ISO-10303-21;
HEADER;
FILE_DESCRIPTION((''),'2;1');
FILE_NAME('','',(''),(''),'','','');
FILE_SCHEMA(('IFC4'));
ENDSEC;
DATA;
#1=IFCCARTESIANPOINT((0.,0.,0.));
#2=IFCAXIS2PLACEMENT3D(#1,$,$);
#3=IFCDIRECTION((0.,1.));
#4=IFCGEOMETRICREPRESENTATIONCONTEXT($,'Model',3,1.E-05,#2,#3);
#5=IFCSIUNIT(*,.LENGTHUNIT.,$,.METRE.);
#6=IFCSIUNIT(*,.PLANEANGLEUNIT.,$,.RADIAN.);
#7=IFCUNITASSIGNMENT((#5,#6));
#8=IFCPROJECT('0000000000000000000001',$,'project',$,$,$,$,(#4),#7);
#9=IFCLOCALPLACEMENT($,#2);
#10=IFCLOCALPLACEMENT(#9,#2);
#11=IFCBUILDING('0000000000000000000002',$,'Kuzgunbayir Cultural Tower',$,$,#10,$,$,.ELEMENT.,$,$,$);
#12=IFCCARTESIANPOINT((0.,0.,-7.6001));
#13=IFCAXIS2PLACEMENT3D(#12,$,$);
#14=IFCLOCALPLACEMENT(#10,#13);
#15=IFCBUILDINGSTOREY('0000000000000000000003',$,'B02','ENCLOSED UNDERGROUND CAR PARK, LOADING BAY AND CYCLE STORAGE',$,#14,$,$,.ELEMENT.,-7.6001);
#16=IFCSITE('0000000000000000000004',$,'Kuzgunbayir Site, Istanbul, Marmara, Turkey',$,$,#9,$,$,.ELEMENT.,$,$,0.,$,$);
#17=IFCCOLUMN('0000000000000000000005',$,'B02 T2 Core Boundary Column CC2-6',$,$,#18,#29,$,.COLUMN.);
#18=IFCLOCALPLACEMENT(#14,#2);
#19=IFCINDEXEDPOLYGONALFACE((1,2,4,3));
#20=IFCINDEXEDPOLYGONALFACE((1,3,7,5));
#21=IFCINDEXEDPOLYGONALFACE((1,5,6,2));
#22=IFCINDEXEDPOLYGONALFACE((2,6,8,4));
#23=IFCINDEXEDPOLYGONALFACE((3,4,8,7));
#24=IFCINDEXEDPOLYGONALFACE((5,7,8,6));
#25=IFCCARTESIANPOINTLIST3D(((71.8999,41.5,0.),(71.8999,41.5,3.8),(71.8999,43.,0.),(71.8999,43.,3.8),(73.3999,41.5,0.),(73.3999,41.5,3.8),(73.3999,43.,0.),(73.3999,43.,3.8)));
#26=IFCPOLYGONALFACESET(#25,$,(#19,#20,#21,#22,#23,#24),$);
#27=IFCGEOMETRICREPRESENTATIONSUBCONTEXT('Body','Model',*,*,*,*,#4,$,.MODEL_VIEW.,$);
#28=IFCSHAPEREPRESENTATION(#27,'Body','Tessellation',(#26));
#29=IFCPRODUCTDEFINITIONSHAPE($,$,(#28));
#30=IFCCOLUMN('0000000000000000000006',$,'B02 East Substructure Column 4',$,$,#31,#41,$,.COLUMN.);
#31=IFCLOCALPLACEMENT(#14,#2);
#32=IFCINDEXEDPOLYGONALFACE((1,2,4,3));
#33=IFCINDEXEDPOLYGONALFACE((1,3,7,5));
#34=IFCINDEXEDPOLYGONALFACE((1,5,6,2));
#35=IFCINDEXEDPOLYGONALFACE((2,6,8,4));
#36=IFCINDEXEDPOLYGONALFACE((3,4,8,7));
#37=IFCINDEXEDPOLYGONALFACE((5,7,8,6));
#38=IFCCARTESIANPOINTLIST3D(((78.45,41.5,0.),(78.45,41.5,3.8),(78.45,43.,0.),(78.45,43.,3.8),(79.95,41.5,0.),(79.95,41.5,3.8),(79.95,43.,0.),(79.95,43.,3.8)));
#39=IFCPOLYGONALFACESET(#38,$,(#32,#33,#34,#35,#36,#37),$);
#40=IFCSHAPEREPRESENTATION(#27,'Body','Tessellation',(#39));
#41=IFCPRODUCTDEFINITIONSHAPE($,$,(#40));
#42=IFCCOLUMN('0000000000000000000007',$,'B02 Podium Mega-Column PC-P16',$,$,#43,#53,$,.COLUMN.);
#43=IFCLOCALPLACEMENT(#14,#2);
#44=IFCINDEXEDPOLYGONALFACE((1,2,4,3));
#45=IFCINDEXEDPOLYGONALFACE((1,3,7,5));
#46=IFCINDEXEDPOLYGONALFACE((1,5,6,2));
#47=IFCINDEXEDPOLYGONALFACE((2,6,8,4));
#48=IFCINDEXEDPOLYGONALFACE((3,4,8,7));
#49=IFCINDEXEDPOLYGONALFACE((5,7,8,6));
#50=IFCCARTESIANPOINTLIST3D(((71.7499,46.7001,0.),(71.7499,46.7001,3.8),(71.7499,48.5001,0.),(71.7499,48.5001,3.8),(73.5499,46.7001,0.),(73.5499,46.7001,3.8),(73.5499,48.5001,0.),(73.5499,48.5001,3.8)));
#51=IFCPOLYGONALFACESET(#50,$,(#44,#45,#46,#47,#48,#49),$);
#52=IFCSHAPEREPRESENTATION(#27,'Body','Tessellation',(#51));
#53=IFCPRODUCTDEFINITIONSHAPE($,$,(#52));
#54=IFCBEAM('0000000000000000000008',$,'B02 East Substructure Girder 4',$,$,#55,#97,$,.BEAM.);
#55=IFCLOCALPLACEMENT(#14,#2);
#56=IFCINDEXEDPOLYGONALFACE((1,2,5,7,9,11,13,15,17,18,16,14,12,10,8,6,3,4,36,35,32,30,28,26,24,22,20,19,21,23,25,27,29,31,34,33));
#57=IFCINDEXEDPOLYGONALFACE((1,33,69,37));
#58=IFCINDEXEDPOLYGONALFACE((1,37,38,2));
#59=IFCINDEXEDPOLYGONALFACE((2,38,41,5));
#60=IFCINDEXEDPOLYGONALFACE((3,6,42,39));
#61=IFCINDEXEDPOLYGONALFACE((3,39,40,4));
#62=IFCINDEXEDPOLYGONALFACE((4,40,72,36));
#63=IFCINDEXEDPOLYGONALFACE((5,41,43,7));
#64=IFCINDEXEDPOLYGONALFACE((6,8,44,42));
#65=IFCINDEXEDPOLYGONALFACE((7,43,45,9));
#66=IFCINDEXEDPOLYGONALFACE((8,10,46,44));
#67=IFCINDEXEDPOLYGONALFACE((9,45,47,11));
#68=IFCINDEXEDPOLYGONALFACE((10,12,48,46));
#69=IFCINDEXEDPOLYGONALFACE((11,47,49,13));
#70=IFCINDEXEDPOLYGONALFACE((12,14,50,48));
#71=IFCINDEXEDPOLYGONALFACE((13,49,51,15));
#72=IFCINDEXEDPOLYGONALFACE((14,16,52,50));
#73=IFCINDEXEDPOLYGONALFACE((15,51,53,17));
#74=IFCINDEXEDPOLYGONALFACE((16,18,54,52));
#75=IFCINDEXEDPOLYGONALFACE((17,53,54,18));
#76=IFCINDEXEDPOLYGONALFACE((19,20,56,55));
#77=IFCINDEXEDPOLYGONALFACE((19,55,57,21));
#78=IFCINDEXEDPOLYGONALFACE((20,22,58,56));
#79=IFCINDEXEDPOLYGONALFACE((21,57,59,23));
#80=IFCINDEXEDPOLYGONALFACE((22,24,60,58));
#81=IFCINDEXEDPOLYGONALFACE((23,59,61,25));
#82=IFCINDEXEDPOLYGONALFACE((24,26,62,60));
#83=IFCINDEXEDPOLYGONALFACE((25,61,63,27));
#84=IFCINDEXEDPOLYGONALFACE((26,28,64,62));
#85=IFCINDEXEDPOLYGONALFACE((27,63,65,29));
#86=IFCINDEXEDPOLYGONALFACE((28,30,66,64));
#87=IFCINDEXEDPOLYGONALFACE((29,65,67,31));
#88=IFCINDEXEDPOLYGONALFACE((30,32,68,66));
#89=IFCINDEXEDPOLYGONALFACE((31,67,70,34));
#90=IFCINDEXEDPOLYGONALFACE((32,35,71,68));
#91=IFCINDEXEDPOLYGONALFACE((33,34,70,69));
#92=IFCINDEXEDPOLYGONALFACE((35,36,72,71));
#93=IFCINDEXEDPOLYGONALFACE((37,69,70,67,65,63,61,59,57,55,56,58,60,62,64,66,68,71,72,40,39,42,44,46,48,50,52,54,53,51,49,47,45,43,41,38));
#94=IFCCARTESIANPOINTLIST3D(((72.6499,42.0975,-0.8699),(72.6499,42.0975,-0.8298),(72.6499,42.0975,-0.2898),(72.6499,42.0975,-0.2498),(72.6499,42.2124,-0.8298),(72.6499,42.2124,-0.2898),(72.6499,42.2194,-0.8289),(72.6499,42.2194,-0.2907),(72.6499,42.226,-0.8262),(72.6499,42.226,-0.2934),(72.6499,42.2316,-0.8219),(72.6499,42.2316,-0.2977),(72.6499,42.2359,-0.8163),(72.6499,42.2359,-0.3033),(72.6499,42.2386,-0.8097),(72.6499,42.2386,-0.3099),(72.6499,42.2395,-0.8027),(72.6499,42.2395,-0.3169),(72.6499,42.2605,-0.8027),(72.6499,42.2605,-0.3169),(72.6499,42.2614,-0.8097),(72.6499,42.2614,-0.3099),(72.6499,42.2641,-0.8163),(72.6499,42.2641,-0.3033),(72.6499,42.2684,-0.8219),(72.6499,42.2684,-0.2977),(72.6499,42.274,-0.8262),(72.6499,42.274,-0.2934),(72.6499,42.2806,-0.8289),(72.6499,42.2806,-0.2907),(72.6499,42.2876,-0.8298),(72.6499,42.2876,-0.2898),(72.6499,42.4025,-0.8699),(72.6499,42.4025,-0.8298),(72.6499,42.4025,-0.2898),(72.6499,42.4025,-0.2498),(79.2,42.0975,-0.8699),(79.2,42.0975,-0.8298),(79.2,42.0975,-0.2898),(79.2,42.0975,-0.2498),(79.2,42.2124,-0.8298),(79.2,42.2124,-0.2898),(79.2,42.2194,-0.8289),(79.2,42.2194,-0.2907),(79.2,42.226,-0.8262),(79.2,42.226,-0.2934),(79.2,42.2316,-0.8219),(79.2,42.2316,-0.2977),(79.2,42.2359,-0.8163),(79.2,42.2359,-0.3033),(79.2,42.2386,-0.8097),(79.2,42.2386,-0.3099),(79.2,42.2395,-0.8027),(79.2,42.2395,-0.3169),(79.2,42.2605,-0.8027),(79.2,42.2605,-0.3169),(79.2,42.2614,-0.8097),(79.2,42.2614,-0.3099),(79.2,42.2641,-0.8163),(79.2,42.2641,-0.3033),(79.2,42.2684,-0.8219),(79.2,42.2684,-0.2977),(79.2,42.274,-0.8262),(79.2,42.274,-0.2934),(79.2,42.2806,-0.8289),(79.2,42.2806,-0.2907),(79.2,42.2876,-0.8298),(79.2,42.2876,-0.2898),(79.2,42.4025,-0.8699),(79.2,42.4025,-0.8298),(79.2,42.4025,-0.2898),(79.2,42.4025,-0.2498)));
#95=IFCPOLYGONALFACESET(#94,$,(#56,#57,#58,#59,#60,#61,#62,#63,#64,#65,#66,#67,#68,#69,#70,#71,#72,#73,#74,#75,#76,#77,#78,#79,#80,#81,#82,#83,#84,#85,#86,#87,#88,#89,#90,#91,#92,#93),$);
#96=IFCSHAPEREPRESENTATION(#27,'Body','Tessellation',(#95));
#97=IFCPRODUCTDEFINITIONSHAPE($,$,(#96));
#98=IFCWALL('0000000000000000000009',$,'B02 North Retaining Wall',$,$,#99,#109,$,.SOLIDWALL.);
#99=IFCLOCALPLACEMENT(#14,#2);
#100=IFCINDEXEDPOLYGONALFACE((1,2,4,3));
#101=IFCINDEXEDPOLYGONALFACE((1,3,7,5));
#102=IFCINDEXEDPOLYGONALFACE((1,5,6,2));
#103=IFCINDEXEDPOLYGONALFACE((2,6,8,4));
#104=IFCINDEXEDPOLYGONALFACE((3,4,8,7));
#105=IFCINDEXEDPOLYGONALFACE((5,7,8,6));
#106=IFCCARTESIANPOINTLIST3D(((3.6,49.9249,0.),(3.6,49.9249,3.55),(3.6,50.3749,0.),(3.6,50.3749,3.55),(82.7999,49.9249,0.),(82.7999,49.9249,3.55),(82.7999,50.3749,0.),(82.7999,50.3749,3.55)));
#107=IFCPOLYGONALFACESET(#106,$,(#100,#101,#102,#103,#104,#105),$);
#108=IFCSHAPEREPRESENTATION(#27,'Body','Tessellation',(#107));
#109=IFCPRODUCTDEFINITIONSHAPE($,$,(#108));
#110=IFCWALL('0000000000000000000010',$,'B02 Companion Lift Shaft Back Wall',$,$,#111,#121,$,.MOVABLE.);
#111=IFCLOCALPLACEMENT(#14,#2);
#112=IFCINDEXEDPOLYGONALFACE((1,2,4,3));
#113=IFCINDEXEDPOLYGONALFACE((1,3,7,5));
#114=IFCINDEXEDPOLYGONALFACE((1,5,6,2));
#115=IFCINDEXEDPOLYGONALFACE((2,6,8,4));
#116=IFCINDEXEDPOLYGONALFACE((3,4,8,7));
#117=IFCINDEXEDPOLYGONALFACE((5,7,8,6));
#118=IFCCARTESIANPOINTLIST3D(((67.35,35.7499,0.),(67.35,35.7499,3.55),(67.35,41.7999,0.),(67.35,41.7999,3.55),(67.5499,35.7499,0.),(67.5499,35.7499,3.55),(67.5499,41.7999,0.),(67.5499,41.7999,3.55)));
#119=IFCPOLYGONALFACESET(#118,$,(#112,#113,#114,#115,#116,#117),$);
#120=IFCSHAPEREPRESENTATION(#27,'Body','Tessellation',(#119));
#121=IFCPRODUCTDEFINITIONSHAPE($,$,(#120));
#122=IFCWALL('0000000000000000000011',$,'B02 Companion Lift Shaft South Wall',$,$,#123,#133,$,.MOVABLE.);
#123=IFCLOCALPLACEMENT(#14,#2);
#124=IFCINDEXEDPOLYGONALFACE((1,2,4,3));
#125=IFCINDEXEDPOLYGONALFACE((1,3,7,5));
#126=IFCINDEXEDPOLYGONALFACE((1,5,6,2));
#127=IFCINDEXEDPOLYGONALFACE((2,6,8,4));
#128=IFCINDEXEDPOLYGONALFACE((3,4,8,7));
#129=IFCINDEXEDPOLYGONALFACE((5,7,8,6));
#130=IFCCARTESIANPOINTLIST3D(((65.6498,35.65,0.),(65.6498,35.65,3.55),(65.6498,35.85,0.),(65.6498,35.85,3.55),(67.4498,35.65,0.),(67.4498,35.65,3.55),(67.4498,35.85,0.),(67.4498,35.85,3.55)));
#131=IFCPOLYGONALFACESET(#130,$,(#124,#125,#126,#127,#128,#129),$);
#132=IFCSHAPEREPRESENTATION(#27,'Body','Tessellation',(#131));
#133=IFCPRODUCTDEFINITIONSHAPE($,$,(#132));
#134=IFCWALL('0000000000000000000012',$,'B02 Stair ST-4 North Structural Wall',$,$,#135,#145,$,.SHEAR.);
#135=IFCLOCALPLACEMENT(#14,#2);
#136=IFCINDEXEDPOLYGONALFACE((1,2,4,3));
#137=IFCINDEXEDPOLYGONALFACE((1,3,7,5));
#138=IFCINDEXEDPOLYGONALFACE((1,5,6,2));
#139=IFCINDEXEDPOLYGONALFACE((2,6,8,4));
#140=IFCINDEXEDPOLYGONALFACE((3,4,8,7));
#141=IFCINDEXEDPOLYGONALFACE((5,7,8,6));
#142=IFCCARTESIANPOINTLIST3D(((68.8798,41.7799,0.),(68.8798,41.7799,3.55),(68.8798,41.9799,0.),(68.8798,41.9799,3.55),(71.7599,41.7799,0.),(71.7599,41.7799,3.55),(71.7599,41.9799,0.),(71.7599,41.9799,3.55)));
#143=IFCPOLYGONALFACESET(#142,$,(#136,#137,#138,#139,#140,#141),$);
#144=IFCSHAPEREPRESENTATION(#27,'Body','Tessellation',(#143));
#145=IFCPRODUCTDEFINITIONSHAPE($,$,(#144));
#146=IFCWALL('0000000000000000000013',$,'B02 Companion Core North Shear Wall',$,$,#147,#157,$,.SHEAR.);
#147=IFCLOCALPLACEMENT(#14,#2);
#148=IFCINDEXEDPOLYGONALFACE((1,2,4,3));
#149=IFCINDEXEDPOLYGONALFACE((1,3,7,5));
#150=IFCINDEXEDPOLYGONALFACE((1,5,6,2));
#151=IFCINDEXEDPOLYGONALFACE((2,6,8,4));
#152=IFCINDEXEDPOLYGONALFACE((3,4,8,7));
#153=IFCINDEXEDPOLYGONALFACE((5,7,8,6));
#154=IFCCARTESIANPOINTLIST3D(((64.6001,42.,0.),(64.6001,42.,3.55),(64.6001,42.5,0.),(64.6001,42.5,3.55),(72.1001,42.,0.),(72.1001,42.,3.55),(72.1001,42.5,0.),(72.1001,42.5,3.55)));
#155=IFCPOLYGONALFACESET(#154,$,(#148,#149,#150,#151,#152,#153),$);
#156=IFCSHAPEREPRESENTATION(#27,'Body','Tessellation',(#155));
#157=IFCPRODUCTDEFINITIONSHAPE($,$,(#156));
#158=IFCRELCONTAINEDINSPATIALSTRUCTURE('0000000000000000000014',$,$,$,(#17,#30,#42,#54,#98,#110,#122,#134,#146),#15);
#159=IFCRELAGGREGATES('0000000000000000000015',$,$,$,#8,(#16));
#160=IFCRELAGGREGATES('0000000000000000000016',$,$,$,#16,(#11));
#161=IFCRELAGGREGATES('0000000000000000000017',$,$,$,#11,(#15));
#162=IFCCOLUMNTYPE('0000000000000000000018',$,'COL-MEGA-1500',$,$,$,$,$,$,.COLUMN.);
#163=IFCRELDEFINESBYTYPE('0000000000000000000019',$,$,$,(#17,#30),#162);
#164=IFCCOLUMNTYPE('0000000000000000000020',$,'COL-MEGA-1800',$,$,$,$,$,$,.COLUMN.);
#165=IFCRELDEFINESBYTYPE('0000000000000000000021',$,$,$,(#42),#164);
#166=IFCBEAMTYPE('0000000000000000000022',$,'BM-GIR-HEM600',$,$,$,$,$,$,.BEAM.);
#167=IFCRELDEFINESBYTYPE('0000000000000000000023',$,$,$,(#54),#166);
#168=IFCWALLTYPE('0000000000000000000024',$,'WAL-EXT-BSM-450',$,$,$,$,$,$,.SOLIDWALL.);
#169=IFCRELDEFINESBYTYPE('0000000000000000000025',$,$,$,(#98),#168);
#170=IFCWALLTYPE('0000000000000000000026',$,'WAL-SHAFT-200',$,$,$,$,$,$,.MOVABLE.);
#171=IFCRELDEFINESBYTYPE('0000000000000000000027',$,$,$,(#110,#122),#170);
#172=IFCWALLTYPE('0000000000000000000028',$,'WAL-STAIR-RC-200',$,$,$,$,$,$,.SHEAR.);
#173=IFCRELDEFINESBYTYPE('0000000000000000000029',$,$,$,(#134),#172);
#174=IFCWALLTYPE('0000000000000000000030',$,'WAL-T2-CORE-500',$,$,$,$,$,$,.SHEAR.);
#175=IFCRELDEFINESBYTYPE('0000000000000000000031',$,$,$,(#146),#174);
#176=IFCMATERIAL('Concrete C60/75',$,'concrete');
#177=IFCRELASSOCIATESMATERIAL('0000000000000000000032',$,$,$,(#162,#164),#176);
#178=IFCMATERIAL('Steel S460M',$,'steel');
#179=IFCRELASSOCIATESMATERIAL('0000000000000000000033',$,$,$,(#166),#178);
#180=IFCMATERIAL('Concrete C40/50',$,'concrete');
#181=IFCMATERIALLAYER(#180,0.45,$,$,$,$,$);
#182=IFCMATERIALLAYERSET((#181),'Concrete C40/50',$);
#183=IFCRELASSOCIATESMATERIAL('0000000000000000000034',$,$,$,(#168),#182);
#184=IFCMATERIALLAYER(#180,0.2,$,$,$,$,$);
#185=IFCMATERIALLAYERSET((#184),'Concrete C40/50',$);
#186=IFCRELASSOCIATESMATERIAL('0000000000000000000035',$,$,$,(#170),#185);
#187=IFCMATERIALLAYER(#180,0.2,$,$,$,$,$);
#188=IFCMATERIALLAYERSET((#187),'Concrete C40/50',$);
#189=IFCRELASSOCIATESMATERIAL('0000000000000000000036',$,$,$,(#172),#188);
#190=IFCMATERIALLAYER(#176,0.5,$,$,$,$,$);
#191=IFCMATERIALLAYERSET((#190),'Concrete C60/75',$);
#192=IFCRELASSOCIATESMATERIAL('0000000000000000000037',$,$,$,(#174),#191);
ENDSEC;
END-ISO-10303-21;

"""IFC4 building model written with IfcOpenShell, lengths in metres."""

from ifc_helpers import new_model, si_unit, direction, frame, frame_2d, origin, origin_2d, place, context, subcontext, project, spatial, rectangle, i_section, extrude, material, layer, layer_set, material_profile, profile_set, type_object, element, save


model = new_model("IFC4")

# Units and contexts
model_context = context("Model", 3, precision=1e-05, world=origin(), true_north=direction((0.0, 1.0)))
body_context = subcontext(model_context, "Body", "Model", "MODEL_VIEW")
ifc_project = project(units=[si_unit("LENGTHUNIT", "METRE"), si_unit("PLANEANGLEUNIT", "RADIAN")], contexts=[model_context])

# Site, building, storey
site_placement = place(None, origin())
site = spatial("IfcSite", under=ifc_project, at=site_placement, Name="Kuzgunbayir Site, Istanbul, Marmara, Turkey", CompositionType="ELEMENT", RefElevation=0.0)
building_placement = place(site_placement, origin())
building = spatial("IfcBuilding", under=site, at=building_placement, Name="Kuzgunbayir Cultural Tower", CompositionType="ELEMENT")
storey_placement = place(building_placement, frame((0.0, 0.0, -7.6001)))
storey = spatial("IfcBuildingStorey", under=building, at=storey_placement, Name="B02", Description="ENCLOSED UNDERGROUND CAR PARK, LOADING BAY AND CYCLE STORAGE", CompositionType="ELEMENT", Elevation=-7.6001)

# Columns
ifc_material_1 = material(Name="Concrete C60/75", Category="concrete")
ifc_material_profile_1 = material_profile(ifc_material_1, rectangle(XDim=1.5, YDim=1.5, at=origin_2d()), Name="RC 1500x1500")
ifc_profile_set_1 = profile_set([ifc_material_profile_1], Name="Concrete C60/75")
column_type_1 = type_object("IfcColumnType", Name="COL-MEGA-1500", PredefinedType="COLUMN", material=ifc_profile_set_1)
for number, where, z_axis, x_axis, name in (
    (1, (72.6499, 42.25, 0.0), (0.0, 0.0, 1.0), (1.0, 0.0, 0.0), "B02 T2 Core Boundary Column CC2-6"),
    (2, (79.2, 42.25, 0.0), (0.0, 0.0, 1.0), (1.0, 0.0, 0.0), "B02 East Substructure Column 4"),
):
    element("IfcColumn", number, at=place(storey_placement, frame(where, z_axis=z_axis, x_axis=x_axis)), inside=storey, type_object=column_type_1, Name=name, PredefinedType="COLUMN", context=body_context, shape_type="SweptSolid", body=[
        extrude(rectangle(XDim=1.5, YDim=1.5, at=origin_2d()), origin(), (0.0, 0.0, 1.0), 3.8),
    ])
ifc_material_profile_2 = material_profile(ifc_material_1, rectangle(XDim=1.8, YDim=1.8, at=origin_2d()), Name="RC 1800x1800")
ifc_profile_set_2 = profile_set([ifc_material_profile_2], Name="Concrete C60/75")
column_type_2 = type_object("IfcColumnType", Name="COL-MEGA-1800", PredefinedType="COLUMN", material=ifc_profile_set_2)
column_placement = place(storey_placement, frame((72.6499, 47.6001, 0.0), z_axis=(0.0, 0.0, 1.0), x_axis=(1.0, 0.0, 0.0)))
element("IfcColumn", 3, at=column_placement, inside=storey, type_object=column_type_2, Name="B02 Podium Mega-Column PC-P16", PredefinedType="COLUMN", context=body_context, shape_type="SweptSolid", body=[
    extrude(rectangle(XDim=1.8, YDim=1.8, at=origin_2d()), origin(), (0.0, 0.0, 1.0), 3.8),
])

# Beam
ifc_material_2 = material(Name="Steel S460M", Category="steel")
ifc_material_profile_3 = material_profile(ifc_material_2, i_section(OverallWidth=0.3049, OverallDepth=0.6201, WebThickness=0.021, FlangeThickness=0.04, FilletRadius=0.0271, at=origin_2d()), Name="HEM 600")
ifc_profile_set_3 = profile_set([ifc_material_profile_3], Name="Steel S460M")
beam_type = type_object("IfcBeamType", Name="BM-GIR-HEM600", PredefinedType="BEAM", material=ifc_profile_set_3)
beam_placement = place(storey_placement, frame((72.6499, 42.25, -0.5598), z_axis=(1.0, 0.0, 0.0), x_axis=(0.0, 1.0, 0.0)))
element("IfcBeam", 4, at=beam_placement, inside=storey, type_object=beam_type, Name="B02 East Substructure Girder 4", PredefinedType="BEAM", context=body_context, shape_type="SweptSolid", body=[
    extrude(i_section(OverallWidth=0.3049, OverallDepth=0.6201, WebThickness=0.021, FlangeThickness=0.04, FilletRadius=0.0271, at=origin_2d()), origin(), (0.0, 0.0, 1.0), 6.55),
])

# Wall
ifc_material_3 = material(Name="Concrete C40/50", Category="concrete")
ifc_layer_1 = layer(ifc_material_3, 0.45)
ifc_layer_set_1 = layer_set([ifc_layer_1], Name="Concrete C40/50")
wall_type_1 = type_object("IfcWallType", Name="WAL-EXT-BSM-450", PredefinedType="SOLIDWALL", material=ifc_layer_set_1)
wall_1_placement = place(storey_placement, frame((82.8, 50.1499, 0.0), z_axis=(0.0, 0.0, 1.0), x_axis=(-1.0, 0.0, 0.0)))
element("IfcWall", 5, at=wall_1_placement, inside=storey, type_object=wall_type_1, Name="B02 North Retaining Wall", PredefinedType="SOLIDWALL", context=body_context, shape_type="SweptSolid", body=[
    extrude(rectangle(XDim=79.2, YDim=0.45, at=frame_2d((39.6001, 0.0))), origin(), (0.0, 0.0, 1.0), 3.55),
])

# Shared definitions
ifc_layer_2 = layer(ifc_material_3, 0.2)
ifc_layer_set_2 = layer_set([ifc_layer_2], Name="Concrete C40/50")
wall_type_2 = type_object("IfcWallType", Name="WAL-SHAFT-200", PredefinedType="MOVABLE", material=ifc_layer_set_2)

# Walls
wall_2_placement = place(storey_placement, frame((67.45, 35.75, 0.0), z_axis=(0.0, 0.0, 1.0), x_axis=(0.0, 1.0, 0.0)))
element("IfcWall", 6, at=wall_2_placement, inside=storey, type_object=wall_type_2, Name="B02 Companion Lift Shaft Back Wall", PredefinedType="MOVABLE", context=body_context, shape_type="SweptSolid", body=[
    extrude(rectangle(XDim=6.05, YDim=0.2, at=frame_2d((3.0249, 0.0))), origin(), (0.0, 0.0, 1.0), 3.55),
])
wall_3_placement = place(storey_placement, frame((65.6499, 35.75, 0.0), z_axis=(0.0, 0.0, 1.0), x_axis=(1.0, 0.0, 0.0)))
element("IfcWall", 7, at=wall_3_placement, inside=storey, type_object=wall_type_2, Name="B02 Companion Lift Shaft South Wall", PredefinedType="MOVABLE", context=body_context, shape_type="SweptSolid", body=[
    extrude(rectangle(XDim=1.8, YDim=0.2, at=frame_2d((0.8999, 0.0))), origin(), (0.0, 0.0, 1.0), 3.55),
])
ifc_layer_3 = layer(ifc_material_3, 0.2)
ifc_layer_set_3 = layer_set([ifc_layer_3], Name="Concrete C40/50")
wall_type_3 = type_object("IfcWallType", Name="WAL-STAIR-RC-200", PredefinedType="SHEAR", material=ifc_layer_set_3)
wall_4_placement = place(storey_placement, frame((68.8799, 41.8799, 0.0), z_axis=(0.0, 0.0, 1.0), x_axis=(1.0, 0.0, 0.0)))
element("IfcWall", 8, at=wall_4_placement, inside=storey, type_object=wall_type_3, Name="B02 Stair ST-4 North Structural Wall", PredefinedType="SHEAR", context=body_context, shape_type="SweptSolid", body=[
    extrude(rectangle(XDim=2.8801, YDim=0.2, at=frame_2d((1.4399, 0.0))), origin(), (0.0, 0.0, 1.0), 3.55),
])
ifc_layer_4 = layer(ifc_material_1, 0.5)
ifc_layer_set_4 = layer_set([ifc_layer_4], Name="Concrete C60/75")
wall_type_4 = type_object("IfcWallType", Name="WAL-T2-CORE-500", PredefinedType="SHEAR", material=ifc_layer_set_4)
wall_5_placement = place(storey_placement, frame((64.6001, 42.25, 0.0), z_axis=(0.0, 0.0, 1.0), x_axis=(1.0, 0.0, 0.0)))
element("IfcWall", 9, at=wall_5_placement, inside=storey, type_object=wall_type_4, Name="B02 Companion Core North Shear Wall", PredefinedType="SHEAR", context=body_context, shape_type="SweptSolid", body=[
    extrude(rectangle(XDim=7.5, YDim=0.5, at=frame_2d((3.75, 0.0))), origin(), (0.0, 0.0, 1.0), 3.55),
])

save(model, "model.ifc")
